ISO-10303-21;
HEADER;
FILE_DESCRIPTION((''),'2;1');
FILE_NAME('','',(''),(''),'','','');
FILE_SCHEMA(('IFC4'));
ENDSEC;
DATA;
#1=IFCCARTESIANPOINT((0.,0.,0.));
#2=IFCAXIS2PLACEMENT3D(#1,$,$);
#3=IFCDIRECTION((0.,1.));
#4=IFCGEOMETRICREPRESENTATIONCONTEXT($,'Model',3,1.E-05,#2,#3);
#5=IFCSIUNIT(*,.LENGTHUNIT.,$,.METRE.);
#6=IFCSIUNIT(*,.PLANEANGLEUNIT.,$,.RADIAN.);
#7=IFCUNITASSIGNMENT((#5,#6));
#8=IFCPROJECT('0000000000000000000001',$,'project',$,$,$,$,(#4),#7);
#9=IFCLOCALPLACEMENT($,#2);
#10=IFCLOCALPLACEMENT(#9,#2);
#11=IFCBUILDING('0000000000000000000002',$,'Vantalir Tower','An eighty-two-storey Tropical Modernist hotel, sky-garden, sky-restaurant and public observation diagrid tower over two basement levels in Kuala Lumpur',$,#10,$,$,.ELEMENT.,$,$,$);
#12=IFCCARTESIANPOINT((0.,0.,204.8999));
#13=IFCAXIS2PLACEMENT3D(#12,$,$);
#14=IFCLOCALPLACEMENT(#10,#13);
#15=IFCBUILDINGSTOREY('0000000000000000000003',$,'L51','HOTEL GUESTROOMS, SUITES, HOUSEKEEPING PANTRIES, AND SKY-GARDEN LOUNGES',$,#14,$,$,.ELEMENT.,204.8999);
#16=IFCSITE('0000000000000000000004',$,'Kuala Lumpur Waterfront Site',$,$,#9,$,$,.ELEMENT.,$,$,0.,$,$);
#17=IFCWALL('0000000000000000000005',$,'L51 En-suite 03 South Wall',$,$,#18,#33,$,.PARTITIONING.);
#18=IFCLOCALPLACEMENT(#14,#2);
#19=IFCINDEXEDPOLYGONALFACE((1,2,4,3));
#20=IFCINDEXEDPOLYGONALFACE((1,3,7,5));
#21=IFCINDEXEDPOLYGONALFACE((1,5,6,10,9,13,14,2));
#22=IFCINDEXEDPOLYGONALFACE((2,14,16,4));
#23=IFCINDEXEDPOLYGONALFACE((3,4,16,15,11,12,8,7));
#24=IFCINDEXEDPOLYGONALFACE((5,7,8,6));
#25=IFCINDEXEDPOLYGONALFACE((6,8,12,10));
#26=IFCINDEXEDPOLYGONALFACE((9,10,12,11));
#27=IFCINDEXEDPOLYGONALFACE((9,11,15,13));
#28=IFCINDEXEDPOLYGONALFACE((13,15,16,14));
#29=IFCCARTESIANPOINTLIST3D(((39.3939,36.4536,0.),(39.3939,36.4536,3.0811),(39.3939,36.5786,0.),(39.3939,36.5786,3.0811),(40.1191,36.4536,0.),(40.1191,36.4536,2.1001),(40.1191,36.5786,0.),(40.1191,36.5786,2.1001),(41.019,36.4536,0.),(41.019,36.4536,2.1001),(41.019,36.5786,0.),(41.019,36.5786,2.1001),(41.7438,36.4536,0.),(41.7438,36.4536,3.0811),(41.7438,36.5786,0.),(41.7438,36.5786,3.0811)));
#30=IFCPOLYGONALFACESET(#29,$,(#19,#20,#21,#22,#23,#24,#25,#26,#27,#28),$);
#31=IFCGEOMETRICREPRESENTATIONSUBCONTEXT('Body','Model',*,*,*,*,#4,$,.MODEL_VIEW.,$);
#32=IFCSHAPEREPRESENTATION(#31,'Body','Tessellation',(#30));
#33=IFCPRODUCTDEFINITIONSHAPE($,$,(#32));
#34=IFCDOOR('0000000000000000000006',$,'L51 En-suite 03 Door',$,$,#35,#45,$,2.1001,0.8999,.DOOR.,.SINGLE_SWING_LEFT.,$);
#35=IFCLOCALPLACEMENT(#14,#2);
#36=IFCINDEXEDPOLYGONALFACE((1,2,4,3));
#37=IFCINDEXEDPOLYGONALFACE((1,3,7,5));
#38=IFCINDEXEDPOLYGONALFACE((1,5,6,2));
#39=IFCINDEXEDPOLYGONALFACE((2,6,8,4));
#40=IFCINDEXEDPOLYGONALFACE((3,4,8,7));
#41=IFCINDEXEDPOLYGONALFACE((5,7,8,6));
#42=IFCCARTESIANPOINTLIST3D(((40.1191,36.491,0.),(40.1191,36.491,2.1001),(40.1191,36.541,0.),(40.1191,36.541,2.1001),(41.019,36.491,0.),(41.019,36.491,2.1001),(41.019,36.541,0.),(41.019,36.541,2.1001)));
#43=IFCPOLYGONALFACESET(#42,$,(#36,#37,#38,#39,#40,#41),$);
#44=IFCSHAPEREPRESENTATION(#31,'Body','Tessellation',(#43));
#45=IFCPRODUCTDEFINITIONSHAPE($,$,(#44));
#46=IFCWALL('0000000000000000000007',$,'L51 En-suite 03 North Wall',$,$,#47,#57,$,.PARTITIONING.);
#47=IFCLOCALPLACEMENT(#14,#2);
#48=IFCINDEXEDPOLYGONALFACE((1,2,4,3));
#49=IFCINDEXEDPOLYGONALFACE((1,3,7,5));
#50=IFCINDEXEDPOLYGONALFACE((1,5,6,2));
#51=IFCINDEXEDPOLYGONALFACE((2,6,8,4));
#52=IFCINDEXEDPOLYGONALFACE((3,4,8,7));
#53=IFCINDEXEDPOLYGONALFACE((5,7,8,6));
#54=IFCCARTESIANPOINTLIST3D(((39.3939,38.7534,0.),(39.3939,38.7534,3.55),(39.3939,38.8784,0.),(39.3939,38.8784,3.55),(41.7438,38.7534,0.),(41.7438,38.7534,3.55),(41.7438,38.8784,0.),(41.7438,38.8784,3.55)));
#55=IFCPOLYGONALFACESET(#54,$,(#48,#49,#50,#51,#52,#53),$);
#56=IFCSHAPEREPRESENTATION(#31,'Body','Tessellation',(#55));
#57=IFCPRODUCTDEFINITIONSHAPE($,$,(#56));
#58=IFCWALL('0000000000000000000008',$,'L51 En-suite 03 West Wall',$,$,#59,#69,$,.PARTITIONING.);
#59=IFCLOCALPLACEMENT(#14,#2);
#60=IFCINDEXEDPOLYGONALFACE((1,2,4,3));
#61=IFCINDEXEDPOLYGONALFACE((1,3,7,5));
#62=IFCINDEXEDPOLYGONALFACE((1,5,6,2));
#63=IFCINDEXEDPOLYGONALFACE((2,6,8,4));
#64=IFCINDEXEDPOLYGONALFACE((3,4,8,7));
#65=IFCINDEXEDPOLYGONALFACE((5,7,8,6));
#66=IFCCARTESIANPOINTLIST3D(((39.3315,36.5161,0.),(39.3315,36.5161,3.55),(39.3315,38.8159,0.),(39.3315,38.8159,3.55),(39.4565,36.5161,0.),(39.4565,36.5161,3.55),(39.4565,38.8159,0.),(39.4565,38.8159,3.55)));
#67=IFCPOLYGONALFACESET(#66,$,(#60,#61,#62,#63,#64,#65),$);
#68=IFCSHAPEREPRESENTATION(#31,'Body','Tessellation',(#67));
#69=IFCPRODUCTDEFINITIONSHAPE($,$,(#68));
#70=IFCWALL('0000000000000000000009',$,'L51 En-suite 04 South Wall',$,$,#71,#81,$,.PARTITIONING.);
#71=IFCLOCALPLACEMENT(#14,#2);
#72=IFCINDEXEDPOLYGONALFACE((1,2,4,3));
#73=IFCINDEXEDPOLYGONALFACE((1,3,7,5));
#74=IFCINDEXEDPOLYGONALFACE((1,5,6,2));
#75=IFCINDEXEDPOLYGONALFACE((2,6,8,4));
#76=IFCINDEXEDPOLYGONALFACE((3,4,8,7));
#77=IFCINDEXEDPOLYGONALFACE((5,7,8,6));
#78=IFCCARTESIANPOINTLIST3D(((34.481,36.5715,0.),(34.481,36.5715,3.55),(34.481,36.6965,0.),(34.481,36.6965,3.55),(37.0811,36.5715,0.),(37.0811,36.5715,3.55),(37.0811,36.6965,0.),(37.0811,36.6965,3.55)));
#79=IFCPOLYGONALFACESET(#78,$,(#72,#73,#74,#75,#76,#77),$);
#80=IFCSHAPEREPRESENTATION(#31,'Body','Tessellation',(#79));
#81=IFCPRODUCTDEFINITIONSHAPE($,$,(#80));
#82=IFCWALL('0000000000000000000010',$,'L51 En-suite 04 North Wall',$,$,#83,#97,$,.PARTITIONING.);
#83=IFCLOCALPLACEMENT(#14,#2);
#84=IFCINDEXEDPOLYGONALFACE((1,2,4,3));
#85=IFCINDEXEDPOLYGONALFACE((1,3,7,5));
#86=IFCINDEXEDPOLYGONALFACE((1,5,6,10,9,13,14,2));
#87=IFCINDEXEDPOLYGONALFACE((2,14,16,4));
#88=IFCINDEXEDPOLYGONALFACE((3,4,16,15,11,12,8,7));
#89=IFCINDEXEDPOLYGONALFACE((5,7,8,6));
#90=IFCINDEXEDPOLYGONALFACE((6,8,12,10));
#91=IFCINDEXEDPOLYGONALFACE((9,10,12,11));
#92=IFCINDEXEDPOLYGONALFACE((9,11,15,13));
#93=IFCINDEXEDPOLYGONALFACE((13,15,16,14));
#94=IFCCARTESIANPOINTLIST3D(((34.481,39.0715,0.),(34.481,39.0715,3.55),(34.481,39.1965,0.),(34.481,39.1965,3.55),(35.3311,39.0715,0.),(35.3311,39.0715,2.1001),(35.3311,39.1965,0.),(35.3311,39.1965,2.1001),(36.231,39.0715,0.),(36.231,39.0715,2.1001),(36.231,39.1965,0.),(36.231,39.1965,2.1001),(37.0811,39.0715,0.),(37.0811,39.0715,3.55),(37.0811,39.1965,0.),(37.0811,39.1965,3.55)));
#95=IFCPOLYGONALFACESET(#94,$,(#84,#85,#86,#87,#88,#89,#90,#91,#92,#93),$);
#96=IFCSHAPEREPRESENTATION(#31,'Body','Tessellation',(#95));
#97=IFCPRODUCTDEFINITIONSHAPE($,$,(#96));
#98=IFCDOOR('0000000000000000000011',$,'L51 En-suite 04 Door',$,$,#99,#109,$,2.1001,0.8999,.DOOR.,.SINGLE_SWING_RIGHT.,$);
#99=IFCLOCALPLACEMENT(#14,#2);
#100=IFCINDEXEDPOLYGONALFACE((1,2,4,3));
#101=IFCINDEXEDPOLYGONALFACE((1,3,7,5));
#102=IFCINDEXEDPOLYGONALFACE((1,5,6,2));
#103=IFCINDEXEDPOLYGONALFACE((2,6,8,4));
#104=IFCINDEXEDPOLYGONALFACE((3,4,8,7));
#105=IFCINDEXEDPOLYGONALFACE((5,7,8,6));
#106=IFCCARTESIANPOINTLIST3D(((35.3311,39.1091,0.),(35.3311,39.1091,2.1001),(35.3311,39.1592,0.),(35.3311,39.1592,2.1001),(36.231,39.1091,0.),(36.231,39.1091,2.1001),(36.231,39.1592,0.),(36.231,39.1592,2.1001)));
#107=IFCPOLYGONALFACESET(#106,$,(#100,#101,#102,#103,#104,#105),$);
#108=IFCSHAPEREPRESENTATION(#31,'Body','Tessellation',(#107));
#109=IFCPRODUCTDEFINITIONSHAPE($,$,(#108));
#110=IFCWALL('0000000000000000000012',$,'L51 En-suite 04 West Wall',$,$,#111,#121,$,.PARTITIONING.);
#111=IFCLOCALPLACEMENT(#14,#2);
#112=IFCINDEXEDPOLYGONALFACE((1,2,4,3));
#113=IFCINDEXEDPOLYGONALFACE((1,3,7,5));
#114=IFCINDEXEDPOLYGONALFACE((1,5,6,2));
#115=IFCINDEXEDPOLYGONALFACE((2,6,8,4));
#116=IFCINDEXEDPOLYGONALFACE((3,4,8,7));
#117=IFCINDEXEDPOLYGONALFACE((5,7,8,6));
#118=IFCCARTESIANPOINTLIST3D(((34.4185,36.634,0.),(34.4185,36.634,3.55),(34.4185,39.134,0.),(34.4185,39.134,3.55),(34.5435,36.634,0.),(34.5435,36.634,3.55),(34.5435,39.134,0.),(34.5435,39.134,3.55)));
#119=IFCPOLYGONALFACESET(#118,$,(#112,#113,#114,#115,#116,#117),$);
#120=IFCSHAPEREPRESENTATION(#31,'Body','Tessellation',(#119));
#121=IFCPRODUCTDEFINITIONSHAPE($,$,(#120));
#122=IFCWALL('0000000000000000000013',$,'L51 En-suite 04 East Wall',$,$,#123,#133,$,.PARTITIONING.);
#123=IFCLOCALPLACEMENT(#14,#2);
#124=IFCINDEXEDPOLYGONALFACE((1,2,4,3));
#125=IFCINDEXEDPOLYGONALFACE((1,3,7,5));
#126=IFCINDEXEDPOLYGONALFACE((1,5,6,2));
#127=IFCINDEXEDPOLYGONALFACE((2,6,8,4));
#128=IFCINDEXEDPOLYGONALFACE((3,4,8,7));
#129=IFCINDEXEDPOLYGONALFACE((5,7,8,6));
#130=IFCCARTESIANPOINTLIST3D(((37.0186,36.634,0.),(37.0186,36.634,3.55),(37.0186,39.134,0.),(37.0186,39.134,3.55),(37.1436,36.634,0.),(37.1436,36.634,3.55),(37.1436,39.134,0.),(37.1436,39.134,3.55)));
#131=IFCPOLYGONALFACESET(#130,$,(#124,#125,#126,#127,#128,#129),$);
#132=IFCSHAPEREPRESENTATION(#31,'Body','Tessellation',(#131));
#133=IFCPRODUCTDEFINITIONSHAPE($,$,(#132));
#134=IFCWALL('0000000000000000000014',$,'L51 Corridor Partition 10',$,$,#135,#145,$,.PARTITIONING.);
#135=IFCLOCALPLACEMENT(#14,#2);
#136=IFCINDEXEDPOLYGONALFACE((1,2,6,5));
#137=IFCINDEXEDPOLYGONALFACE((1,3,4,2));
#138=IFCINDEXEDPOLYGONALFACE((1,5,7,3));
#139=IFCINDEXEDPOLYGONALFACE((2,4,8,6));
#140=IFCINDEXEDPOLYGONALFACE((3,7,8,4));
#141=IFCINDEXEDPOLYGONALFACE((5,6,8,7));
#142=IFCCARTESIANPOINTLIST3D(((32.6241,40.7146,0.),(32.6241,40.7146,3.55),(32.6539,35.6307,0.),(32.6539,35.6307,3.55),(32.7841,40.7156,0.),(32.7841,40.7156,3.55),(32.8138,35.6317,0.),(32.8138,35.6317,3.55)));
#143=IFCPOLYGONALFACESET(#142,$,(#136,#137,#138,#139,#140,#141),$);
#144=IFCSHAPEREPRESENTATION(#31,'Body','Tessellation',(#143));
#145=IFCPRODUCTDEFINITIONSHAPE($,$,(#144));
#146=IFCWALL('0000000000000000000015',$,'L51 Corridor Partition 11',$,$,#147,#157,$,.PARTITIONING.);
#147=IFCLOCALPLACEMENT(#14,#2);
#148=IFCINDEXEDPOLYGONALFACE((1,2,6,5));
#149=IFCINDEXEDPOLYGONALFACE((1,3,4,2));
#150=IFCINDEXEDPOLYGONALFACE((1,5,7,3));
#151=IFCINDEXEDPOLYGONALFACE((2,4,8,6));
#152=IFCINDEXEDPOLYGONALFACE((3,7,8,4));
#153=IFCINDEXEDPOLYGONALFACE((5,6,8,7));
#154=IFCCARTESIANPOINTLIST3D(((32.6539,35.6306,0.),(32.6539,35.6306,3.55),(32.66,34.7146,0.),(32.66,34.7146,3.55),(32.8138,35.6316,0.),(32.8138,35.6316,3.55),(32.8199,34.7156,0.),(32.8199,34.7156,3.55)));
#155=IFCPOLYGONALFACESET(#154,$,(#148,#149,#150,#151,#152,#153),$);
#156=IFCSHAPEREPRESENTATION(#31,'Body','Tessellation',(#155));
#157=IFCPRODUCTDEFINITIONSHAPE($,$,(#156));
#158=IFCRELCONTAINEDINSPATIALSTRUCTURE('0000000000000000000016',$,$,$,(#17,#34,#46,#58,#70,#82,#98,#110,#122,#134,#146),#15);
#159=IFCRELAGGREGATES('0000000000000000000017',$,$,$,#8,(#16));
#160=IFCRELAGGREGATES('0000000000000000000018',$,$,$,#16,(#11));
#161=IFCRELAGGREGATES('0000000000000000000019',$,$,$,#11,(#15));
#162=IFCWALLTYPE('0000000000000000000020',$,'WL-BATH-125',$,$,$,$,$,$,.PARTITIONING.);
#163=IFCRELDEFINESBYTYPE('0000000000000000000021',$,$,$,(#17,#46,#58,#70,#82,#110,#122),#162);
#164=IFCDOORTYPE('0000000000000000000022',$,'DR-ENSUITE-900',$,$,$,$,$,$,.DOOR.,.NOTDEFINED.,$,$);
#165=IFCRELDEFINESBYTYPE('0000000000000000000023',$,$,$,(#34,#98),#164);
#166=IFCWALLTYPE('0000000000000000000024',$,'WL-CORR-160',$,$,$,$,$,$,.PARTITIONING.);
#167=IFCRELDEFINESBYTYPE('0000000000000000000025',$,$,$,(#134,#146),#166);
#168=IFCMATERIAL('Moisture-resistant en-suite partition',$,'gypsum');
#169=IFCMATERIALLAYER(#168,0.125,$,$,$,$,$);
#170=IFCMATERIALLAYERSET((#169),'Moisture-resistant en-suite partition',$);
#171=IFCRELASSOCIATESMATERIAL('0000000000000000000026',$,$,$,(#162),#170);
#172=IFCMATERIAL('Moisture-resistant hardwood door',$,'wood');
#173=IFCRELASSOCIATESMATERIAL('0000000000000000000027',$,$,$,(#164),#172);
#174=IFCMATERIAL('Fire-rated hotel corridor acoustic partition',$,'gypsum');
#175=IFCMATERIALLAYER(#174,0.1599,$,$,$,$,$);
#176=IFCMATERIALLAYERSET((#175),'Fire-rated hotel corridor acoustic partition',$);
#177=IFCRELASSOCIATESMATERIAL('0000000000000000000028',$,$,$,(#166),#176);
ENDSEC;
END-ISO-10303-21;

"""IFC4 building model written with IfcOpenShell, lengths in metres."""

from ifc_helpers import new_model, si_unit, direction, frame, frame_2d, origin, place, context, subcontext, project, spatial, rectangle, extrude, material, layer, layer_set, type_object, element, fill, save


model = new_model("IFC4")

# Units and contexts
model_context = context("Model", 3, precision=1e-05, world=origin(), true_north=direction((0.0, 1.0)))
body_context = subcontext(model_context, "Body", "Model", "MODEL_VIEW")
ifc_project = project(units=[si_unit("LENGTHUNIT", "METRE"), si_unit("PLANEANGLEUNIT", "RADIAN")], contexts=[model_context])

# Site, building, storey
site_placement = place(None, origin())
site = spatial("IfcSite", under=ifc_project, at=site_placement, Name="Kuala Lumpur Waterfront Site", CompositionType="ELEMENT", RefElevation=0.0)
building_placement = place(site_placement, origin())
building = spatial("IfcBuilding", under=site, at=building_placement, Name="Vantalir Tower", Description="An eighty-two-storey Tropical Modernist hotel, sky-garden, sky-restaurant and public observation diagrid tower over two basement levels in Kuala Lumpur", CompositionType="ELEMENT")
storey_placement = place(building_placement, frame((0.0, 0.0, 204.8999)))
storey = spatial("IfcBuildingStorey", under=building, at=storey_placement, Name="L51", Description="HOTEL GUESTROOMS, SUITES, HOUSEKEEPING PANTRIES, AND SKY-GARDEN LOUNGES", CompositionType="ELEMENT", Elevation=204.8999)

# Wall, opening, door
ifc_material_1 = material(Name="Moisture-resistant en-suite partition", Category="gypsum")
ifc_layer_1 = layer(ifc_material_1, 0.125)
ifc_layer_set_1 = layer_set([ifc_layer_1], Name="Moisture-resistant en-suite partition")
wall_type_1 = type_object("IfcWallType", Name="WL-BATH-125", PredefinedType="PARTITIONING", material=ifc_layer_set_1)
wall_1_placement = place(storey_placement, frame((39.394, 36.5161, 0.0), z_axis=(0.0, 0.0, 1.0), x_axis=(1.0, 0.0, 0.0)))
wall_1 = element("IfcWall", 1, at=wall_1_placement, inside=storey, type_object=wall_type_1, Name="L51 En-suite 03 South Wall", PredefinedType="PARTITIONING", context=body_context, shape_type="SweptSolid", body=[
    extrude(rectangle(XDim=2.3499, YDim=0.125, at=frame_2d((1.1748, 0.0))), origin(), (0.0, 0.0, 1.0), 3.0811),
])
opening_1_placement = place(wall_1_placement, frame((0.7251, 0.0, 0.0)))
opening_1 = element("IfcOpeningElement", 2, at=opening_1_placement, cuts=wall_1, PredefinedType="OPENING", context=body_context, shape_type="SweptSolid", body=[
    extrude(rectangle(XDim=0.8999, YDim=2.1001, at=frame_2d((0.45, 1.05))), frame((0.0, 0.0725, 0.0), z_axis=(0.0, -1.0, 0.0), x_axis=(1.0, 0.0, 0.0)), (0.0, 0.0, 1.0), 0.145),
])
ifc_material_2 = material(Name="Moisture-resistant hardwood door", Category="wood")
door_type_1 = type_object("IfcDoorType", Name="DR-ENSUITE-900", OperationType="NOTDEFINED", PredefinedType="DOOR", material=ifc_material_2)
door_1_placement = place(opening_1_placement, origin())
door_1 = element("IfcDoor", 3, at=door_1_placement, inside=storey, type_object=door_type_1, Name="L51 En-suite 03 Door", OperationType="SINGLE_SWING_LEFT", OverallHeight=2.1001, OverallWidth=0.8999, PredefinedType="DOOR", context=body_context, shape_type="SweptSolid", body=[
    extrude(rectangle(XDim=0.8999, YDim=2.1001, at=frame_2d((0.45, 1.05))), frame((0.0, 0.0249, 0.0), z_axis=(0.0, -1.0, 0.0), x_axis=(1.0, 0.0, 0.0)), (0.0, 0.0, 1.0), 0.05),
])
fill(opening_1, door_1)

# Walls
wall_2_placement = place(storey_placement, frame((39.394, 38.8159, 0.0), z_axis=(0.0, 0.0, 1.0), x_axis=(1.0, 0.0, 0.0)))
element("IfcWall", 4, at=wall_2_placement, inside=storey, type_object=wall_type_1, Name="L51 En-suite 03 North Wall", PredefinedType="PARTITIONING", context=body_context, shape_type="SweptSolid", body=[
    extrude(rectangle(XDim=2.3499, YDim=0.125, at=frame_2d((1.1748, 0.0))), origin(), (0.0, 0.0, 1.0), 3.55),
])
wall_3_placement = place(storey_placement, frame((39.394, 36.5161, 0.0), z_axis=(0.0, 0.0, 1.0), x_axis=(0.0, 1.0, 0.0)))
element("IfcWall", 5, at=wall_3_placement, inside=storey, type_object=wall_type_1, Name="L51 En-suite 03 West Wall", PredefinedType="PARTITIONING", context=body_context, shape_type="SweptSolid", body=[
    extrude(rectangle(XDim=2.2998, YDim=0.125, at=frame_2d((1.1499, 0.0))), origin(), (0.0, 0.0, 1.0), 3.55),
])
wall_4_placement = place(storey_placement, frame((34.481, 36.634, 0.0), z_axis=(0.0, 0.0, 1.0), x_axis=(1.0, 0.0, 0.0)))
element("IfcWall", 6, at=wall_4_placement, inside=storey, type_object=wall_type_1, Name="L51 En-suite 04 South Wall", PredefinedType="PARTITIONING", context=body_context, shape_type="SweptSolid", body=[
    extrude(rectangle(XDim=2.6001, YDim=0.125, at=frame_2d((1.3, 0.0))), origin(), (0.0, 0.0, 1.0), 3.55),
])

# Wall, opening, door
wall_5_placement = place(storey_placement, frame((34.481, 39.134, 0.0), z_axis=(0.0, 0.0, 1.0), x_axis=(1.0, 0.0, 0.0)))
wall_5 = element("IfcWall", 7, at=wall_5_placement, inside=storey, type_object=wall_type_1, Name="L51 En-suite 04 North Wall", PredefinedType="PARTITIONING", context=body_context, shape_type="SweptSolid", body=[
    extrude(rectangle(XDim=2.6001, YDim=0.125, at=frame_2d((1.3, 0.0))), origin(), (0.0, 0.0, 1.0), 3.55),
])
opening_2_placement = place(wall_5_placement, frame((0.8501, 0.0, 0.0)))
opening_2 = element("IfcOpeningElement", 8, at=opening_2_placement, cuts=wall_5, PredefinedType="OPENING", context=body_context, shape_type="SweptSolid", body=[
    extrude(rectangle(XDim=0.8999, YDim=2.1001, at=frame_2d((0.45, 1.05))), frame((0.0, 0.0725, 0.0), z_axis=(0.0, -1.0, 0.0), x_axis=(1.0, 0.0, 0.0)), (0.0, 0.0, 1.0), 0.145),
])
door_2_placement = place(opening_2_placement, frame((0.8999, 0.0, 0.0), z_axis=(0.0, 0.0, 1.0), x_axis=(-1.0, 0.0, 0.0)))
door_2 = element("IfcDoor", 9, at=door_2_placement, inside=storey, type_object=door_type_1, Name="L51 En-suite 04 Door", OperationType="SINGLE_SWING_RIGHT", OverallHeight=2.1001, OverallWidth=0.8999, PredefinedType="DOOR", context=body_context, shape_type="SweptSolid", body=[
    extrude(rectangle(XDim=0.8999, YDim=2.1001, at=frame_2d((0.45, 1.05))), frame((0.0, 0.0249, 0.0), z_axis=(0.0, -1.0, 0.0), x_axis=(1.0, 0.0, 0.0)), (0.0, 0.0, 1.0), 0.05),
])
fill(opening_2, door_2)

# Walls
for number, where, z_axis, x_axis, name in (
    (10, (34.481, 36.634, 0.0), (0.0, 0.0, 1.0), (0.0, 1.0, 0.0), "L51 En-suite 04 West Wall"),
    (11, (37.0811, 36.634, 0.0), (0.0, 0.0, 1.0), (0.0, 1.0, 0.0), "L51 En-suite 04 East Wall"),
):
    element("IfcWall", number, at=place(storey_placement, frame(where, z_axis=z_axis, x_axis=x_axis)), inside=storey, type_object=wall_type_1, Name=name, PredefinedType="PARTITIONING", context=body_context, shape_type="SweptSolid", body=[
        extrude(rectangle(XDim=2.5, YDim=0.125, at=frame_2d((1.25, 0.0))), origin(), (0.0, 0.0, 1.0), 3.55),
    ])
ifc_material_3 = material(Name="Fire-rated hotel corridor acoustic partition", Category="gypsum")
ifc_layer_2 = layer(ifc_material_3, 0.1599)
ifc_layer_set_2 = layer_set([ifc_layer_2], Name="Fire-rated hotel corridor acoustic partition")
wall_type_2 = type_object("IfcWallType", Name="WL-CORR-160", PredefinedType="PARTITIONING", material=ifc_layer_set_2)
wall_6_placement = place(storey_placement, frame((32.7041, 40.7151, 0.0), z_axis=(0.0, 0.0, 1.0), x_axis=(0.005859, -0.999983, 0.0)))
element("IfcWall", 12, at=wall_6_placement, inside=storey, type_object=wall_type_2, Name="L51 Corridor Partition 10", PredefinedType="PARTITIONING", context=body_context, shape_type="SweptSolid", body=[
    extrude(rectangle(XDim=5.084, YDim=0.1599, at=frame_2d((2.542, 0.0))), origin(), (0.0, 0.0, 1.0), 3.55),
])
wall_7_placement = place(storey_placement, frame((32.7339, 35.6311, 0.0), z_axis=(0.0, 0.0, 1.0), x_axis=(0.006663, -0.999978, 0.0)))
element("IfcWall", 13, at=wall_7_placement, inside=storey, type_object=wall_type_2, Name="L51 Corridor Partition 11", PredefinedType="PARTITIONING", context=body_context, shape_type="SweptSolid", body=[
    extrude(rectangle(XDim=0.916, YDim=0.1599, at=frame_2d((0.458, 0.0))), origin(), (0.0, 0.0, 1.0), 3.55),
])

save(model, "model.ifc")
